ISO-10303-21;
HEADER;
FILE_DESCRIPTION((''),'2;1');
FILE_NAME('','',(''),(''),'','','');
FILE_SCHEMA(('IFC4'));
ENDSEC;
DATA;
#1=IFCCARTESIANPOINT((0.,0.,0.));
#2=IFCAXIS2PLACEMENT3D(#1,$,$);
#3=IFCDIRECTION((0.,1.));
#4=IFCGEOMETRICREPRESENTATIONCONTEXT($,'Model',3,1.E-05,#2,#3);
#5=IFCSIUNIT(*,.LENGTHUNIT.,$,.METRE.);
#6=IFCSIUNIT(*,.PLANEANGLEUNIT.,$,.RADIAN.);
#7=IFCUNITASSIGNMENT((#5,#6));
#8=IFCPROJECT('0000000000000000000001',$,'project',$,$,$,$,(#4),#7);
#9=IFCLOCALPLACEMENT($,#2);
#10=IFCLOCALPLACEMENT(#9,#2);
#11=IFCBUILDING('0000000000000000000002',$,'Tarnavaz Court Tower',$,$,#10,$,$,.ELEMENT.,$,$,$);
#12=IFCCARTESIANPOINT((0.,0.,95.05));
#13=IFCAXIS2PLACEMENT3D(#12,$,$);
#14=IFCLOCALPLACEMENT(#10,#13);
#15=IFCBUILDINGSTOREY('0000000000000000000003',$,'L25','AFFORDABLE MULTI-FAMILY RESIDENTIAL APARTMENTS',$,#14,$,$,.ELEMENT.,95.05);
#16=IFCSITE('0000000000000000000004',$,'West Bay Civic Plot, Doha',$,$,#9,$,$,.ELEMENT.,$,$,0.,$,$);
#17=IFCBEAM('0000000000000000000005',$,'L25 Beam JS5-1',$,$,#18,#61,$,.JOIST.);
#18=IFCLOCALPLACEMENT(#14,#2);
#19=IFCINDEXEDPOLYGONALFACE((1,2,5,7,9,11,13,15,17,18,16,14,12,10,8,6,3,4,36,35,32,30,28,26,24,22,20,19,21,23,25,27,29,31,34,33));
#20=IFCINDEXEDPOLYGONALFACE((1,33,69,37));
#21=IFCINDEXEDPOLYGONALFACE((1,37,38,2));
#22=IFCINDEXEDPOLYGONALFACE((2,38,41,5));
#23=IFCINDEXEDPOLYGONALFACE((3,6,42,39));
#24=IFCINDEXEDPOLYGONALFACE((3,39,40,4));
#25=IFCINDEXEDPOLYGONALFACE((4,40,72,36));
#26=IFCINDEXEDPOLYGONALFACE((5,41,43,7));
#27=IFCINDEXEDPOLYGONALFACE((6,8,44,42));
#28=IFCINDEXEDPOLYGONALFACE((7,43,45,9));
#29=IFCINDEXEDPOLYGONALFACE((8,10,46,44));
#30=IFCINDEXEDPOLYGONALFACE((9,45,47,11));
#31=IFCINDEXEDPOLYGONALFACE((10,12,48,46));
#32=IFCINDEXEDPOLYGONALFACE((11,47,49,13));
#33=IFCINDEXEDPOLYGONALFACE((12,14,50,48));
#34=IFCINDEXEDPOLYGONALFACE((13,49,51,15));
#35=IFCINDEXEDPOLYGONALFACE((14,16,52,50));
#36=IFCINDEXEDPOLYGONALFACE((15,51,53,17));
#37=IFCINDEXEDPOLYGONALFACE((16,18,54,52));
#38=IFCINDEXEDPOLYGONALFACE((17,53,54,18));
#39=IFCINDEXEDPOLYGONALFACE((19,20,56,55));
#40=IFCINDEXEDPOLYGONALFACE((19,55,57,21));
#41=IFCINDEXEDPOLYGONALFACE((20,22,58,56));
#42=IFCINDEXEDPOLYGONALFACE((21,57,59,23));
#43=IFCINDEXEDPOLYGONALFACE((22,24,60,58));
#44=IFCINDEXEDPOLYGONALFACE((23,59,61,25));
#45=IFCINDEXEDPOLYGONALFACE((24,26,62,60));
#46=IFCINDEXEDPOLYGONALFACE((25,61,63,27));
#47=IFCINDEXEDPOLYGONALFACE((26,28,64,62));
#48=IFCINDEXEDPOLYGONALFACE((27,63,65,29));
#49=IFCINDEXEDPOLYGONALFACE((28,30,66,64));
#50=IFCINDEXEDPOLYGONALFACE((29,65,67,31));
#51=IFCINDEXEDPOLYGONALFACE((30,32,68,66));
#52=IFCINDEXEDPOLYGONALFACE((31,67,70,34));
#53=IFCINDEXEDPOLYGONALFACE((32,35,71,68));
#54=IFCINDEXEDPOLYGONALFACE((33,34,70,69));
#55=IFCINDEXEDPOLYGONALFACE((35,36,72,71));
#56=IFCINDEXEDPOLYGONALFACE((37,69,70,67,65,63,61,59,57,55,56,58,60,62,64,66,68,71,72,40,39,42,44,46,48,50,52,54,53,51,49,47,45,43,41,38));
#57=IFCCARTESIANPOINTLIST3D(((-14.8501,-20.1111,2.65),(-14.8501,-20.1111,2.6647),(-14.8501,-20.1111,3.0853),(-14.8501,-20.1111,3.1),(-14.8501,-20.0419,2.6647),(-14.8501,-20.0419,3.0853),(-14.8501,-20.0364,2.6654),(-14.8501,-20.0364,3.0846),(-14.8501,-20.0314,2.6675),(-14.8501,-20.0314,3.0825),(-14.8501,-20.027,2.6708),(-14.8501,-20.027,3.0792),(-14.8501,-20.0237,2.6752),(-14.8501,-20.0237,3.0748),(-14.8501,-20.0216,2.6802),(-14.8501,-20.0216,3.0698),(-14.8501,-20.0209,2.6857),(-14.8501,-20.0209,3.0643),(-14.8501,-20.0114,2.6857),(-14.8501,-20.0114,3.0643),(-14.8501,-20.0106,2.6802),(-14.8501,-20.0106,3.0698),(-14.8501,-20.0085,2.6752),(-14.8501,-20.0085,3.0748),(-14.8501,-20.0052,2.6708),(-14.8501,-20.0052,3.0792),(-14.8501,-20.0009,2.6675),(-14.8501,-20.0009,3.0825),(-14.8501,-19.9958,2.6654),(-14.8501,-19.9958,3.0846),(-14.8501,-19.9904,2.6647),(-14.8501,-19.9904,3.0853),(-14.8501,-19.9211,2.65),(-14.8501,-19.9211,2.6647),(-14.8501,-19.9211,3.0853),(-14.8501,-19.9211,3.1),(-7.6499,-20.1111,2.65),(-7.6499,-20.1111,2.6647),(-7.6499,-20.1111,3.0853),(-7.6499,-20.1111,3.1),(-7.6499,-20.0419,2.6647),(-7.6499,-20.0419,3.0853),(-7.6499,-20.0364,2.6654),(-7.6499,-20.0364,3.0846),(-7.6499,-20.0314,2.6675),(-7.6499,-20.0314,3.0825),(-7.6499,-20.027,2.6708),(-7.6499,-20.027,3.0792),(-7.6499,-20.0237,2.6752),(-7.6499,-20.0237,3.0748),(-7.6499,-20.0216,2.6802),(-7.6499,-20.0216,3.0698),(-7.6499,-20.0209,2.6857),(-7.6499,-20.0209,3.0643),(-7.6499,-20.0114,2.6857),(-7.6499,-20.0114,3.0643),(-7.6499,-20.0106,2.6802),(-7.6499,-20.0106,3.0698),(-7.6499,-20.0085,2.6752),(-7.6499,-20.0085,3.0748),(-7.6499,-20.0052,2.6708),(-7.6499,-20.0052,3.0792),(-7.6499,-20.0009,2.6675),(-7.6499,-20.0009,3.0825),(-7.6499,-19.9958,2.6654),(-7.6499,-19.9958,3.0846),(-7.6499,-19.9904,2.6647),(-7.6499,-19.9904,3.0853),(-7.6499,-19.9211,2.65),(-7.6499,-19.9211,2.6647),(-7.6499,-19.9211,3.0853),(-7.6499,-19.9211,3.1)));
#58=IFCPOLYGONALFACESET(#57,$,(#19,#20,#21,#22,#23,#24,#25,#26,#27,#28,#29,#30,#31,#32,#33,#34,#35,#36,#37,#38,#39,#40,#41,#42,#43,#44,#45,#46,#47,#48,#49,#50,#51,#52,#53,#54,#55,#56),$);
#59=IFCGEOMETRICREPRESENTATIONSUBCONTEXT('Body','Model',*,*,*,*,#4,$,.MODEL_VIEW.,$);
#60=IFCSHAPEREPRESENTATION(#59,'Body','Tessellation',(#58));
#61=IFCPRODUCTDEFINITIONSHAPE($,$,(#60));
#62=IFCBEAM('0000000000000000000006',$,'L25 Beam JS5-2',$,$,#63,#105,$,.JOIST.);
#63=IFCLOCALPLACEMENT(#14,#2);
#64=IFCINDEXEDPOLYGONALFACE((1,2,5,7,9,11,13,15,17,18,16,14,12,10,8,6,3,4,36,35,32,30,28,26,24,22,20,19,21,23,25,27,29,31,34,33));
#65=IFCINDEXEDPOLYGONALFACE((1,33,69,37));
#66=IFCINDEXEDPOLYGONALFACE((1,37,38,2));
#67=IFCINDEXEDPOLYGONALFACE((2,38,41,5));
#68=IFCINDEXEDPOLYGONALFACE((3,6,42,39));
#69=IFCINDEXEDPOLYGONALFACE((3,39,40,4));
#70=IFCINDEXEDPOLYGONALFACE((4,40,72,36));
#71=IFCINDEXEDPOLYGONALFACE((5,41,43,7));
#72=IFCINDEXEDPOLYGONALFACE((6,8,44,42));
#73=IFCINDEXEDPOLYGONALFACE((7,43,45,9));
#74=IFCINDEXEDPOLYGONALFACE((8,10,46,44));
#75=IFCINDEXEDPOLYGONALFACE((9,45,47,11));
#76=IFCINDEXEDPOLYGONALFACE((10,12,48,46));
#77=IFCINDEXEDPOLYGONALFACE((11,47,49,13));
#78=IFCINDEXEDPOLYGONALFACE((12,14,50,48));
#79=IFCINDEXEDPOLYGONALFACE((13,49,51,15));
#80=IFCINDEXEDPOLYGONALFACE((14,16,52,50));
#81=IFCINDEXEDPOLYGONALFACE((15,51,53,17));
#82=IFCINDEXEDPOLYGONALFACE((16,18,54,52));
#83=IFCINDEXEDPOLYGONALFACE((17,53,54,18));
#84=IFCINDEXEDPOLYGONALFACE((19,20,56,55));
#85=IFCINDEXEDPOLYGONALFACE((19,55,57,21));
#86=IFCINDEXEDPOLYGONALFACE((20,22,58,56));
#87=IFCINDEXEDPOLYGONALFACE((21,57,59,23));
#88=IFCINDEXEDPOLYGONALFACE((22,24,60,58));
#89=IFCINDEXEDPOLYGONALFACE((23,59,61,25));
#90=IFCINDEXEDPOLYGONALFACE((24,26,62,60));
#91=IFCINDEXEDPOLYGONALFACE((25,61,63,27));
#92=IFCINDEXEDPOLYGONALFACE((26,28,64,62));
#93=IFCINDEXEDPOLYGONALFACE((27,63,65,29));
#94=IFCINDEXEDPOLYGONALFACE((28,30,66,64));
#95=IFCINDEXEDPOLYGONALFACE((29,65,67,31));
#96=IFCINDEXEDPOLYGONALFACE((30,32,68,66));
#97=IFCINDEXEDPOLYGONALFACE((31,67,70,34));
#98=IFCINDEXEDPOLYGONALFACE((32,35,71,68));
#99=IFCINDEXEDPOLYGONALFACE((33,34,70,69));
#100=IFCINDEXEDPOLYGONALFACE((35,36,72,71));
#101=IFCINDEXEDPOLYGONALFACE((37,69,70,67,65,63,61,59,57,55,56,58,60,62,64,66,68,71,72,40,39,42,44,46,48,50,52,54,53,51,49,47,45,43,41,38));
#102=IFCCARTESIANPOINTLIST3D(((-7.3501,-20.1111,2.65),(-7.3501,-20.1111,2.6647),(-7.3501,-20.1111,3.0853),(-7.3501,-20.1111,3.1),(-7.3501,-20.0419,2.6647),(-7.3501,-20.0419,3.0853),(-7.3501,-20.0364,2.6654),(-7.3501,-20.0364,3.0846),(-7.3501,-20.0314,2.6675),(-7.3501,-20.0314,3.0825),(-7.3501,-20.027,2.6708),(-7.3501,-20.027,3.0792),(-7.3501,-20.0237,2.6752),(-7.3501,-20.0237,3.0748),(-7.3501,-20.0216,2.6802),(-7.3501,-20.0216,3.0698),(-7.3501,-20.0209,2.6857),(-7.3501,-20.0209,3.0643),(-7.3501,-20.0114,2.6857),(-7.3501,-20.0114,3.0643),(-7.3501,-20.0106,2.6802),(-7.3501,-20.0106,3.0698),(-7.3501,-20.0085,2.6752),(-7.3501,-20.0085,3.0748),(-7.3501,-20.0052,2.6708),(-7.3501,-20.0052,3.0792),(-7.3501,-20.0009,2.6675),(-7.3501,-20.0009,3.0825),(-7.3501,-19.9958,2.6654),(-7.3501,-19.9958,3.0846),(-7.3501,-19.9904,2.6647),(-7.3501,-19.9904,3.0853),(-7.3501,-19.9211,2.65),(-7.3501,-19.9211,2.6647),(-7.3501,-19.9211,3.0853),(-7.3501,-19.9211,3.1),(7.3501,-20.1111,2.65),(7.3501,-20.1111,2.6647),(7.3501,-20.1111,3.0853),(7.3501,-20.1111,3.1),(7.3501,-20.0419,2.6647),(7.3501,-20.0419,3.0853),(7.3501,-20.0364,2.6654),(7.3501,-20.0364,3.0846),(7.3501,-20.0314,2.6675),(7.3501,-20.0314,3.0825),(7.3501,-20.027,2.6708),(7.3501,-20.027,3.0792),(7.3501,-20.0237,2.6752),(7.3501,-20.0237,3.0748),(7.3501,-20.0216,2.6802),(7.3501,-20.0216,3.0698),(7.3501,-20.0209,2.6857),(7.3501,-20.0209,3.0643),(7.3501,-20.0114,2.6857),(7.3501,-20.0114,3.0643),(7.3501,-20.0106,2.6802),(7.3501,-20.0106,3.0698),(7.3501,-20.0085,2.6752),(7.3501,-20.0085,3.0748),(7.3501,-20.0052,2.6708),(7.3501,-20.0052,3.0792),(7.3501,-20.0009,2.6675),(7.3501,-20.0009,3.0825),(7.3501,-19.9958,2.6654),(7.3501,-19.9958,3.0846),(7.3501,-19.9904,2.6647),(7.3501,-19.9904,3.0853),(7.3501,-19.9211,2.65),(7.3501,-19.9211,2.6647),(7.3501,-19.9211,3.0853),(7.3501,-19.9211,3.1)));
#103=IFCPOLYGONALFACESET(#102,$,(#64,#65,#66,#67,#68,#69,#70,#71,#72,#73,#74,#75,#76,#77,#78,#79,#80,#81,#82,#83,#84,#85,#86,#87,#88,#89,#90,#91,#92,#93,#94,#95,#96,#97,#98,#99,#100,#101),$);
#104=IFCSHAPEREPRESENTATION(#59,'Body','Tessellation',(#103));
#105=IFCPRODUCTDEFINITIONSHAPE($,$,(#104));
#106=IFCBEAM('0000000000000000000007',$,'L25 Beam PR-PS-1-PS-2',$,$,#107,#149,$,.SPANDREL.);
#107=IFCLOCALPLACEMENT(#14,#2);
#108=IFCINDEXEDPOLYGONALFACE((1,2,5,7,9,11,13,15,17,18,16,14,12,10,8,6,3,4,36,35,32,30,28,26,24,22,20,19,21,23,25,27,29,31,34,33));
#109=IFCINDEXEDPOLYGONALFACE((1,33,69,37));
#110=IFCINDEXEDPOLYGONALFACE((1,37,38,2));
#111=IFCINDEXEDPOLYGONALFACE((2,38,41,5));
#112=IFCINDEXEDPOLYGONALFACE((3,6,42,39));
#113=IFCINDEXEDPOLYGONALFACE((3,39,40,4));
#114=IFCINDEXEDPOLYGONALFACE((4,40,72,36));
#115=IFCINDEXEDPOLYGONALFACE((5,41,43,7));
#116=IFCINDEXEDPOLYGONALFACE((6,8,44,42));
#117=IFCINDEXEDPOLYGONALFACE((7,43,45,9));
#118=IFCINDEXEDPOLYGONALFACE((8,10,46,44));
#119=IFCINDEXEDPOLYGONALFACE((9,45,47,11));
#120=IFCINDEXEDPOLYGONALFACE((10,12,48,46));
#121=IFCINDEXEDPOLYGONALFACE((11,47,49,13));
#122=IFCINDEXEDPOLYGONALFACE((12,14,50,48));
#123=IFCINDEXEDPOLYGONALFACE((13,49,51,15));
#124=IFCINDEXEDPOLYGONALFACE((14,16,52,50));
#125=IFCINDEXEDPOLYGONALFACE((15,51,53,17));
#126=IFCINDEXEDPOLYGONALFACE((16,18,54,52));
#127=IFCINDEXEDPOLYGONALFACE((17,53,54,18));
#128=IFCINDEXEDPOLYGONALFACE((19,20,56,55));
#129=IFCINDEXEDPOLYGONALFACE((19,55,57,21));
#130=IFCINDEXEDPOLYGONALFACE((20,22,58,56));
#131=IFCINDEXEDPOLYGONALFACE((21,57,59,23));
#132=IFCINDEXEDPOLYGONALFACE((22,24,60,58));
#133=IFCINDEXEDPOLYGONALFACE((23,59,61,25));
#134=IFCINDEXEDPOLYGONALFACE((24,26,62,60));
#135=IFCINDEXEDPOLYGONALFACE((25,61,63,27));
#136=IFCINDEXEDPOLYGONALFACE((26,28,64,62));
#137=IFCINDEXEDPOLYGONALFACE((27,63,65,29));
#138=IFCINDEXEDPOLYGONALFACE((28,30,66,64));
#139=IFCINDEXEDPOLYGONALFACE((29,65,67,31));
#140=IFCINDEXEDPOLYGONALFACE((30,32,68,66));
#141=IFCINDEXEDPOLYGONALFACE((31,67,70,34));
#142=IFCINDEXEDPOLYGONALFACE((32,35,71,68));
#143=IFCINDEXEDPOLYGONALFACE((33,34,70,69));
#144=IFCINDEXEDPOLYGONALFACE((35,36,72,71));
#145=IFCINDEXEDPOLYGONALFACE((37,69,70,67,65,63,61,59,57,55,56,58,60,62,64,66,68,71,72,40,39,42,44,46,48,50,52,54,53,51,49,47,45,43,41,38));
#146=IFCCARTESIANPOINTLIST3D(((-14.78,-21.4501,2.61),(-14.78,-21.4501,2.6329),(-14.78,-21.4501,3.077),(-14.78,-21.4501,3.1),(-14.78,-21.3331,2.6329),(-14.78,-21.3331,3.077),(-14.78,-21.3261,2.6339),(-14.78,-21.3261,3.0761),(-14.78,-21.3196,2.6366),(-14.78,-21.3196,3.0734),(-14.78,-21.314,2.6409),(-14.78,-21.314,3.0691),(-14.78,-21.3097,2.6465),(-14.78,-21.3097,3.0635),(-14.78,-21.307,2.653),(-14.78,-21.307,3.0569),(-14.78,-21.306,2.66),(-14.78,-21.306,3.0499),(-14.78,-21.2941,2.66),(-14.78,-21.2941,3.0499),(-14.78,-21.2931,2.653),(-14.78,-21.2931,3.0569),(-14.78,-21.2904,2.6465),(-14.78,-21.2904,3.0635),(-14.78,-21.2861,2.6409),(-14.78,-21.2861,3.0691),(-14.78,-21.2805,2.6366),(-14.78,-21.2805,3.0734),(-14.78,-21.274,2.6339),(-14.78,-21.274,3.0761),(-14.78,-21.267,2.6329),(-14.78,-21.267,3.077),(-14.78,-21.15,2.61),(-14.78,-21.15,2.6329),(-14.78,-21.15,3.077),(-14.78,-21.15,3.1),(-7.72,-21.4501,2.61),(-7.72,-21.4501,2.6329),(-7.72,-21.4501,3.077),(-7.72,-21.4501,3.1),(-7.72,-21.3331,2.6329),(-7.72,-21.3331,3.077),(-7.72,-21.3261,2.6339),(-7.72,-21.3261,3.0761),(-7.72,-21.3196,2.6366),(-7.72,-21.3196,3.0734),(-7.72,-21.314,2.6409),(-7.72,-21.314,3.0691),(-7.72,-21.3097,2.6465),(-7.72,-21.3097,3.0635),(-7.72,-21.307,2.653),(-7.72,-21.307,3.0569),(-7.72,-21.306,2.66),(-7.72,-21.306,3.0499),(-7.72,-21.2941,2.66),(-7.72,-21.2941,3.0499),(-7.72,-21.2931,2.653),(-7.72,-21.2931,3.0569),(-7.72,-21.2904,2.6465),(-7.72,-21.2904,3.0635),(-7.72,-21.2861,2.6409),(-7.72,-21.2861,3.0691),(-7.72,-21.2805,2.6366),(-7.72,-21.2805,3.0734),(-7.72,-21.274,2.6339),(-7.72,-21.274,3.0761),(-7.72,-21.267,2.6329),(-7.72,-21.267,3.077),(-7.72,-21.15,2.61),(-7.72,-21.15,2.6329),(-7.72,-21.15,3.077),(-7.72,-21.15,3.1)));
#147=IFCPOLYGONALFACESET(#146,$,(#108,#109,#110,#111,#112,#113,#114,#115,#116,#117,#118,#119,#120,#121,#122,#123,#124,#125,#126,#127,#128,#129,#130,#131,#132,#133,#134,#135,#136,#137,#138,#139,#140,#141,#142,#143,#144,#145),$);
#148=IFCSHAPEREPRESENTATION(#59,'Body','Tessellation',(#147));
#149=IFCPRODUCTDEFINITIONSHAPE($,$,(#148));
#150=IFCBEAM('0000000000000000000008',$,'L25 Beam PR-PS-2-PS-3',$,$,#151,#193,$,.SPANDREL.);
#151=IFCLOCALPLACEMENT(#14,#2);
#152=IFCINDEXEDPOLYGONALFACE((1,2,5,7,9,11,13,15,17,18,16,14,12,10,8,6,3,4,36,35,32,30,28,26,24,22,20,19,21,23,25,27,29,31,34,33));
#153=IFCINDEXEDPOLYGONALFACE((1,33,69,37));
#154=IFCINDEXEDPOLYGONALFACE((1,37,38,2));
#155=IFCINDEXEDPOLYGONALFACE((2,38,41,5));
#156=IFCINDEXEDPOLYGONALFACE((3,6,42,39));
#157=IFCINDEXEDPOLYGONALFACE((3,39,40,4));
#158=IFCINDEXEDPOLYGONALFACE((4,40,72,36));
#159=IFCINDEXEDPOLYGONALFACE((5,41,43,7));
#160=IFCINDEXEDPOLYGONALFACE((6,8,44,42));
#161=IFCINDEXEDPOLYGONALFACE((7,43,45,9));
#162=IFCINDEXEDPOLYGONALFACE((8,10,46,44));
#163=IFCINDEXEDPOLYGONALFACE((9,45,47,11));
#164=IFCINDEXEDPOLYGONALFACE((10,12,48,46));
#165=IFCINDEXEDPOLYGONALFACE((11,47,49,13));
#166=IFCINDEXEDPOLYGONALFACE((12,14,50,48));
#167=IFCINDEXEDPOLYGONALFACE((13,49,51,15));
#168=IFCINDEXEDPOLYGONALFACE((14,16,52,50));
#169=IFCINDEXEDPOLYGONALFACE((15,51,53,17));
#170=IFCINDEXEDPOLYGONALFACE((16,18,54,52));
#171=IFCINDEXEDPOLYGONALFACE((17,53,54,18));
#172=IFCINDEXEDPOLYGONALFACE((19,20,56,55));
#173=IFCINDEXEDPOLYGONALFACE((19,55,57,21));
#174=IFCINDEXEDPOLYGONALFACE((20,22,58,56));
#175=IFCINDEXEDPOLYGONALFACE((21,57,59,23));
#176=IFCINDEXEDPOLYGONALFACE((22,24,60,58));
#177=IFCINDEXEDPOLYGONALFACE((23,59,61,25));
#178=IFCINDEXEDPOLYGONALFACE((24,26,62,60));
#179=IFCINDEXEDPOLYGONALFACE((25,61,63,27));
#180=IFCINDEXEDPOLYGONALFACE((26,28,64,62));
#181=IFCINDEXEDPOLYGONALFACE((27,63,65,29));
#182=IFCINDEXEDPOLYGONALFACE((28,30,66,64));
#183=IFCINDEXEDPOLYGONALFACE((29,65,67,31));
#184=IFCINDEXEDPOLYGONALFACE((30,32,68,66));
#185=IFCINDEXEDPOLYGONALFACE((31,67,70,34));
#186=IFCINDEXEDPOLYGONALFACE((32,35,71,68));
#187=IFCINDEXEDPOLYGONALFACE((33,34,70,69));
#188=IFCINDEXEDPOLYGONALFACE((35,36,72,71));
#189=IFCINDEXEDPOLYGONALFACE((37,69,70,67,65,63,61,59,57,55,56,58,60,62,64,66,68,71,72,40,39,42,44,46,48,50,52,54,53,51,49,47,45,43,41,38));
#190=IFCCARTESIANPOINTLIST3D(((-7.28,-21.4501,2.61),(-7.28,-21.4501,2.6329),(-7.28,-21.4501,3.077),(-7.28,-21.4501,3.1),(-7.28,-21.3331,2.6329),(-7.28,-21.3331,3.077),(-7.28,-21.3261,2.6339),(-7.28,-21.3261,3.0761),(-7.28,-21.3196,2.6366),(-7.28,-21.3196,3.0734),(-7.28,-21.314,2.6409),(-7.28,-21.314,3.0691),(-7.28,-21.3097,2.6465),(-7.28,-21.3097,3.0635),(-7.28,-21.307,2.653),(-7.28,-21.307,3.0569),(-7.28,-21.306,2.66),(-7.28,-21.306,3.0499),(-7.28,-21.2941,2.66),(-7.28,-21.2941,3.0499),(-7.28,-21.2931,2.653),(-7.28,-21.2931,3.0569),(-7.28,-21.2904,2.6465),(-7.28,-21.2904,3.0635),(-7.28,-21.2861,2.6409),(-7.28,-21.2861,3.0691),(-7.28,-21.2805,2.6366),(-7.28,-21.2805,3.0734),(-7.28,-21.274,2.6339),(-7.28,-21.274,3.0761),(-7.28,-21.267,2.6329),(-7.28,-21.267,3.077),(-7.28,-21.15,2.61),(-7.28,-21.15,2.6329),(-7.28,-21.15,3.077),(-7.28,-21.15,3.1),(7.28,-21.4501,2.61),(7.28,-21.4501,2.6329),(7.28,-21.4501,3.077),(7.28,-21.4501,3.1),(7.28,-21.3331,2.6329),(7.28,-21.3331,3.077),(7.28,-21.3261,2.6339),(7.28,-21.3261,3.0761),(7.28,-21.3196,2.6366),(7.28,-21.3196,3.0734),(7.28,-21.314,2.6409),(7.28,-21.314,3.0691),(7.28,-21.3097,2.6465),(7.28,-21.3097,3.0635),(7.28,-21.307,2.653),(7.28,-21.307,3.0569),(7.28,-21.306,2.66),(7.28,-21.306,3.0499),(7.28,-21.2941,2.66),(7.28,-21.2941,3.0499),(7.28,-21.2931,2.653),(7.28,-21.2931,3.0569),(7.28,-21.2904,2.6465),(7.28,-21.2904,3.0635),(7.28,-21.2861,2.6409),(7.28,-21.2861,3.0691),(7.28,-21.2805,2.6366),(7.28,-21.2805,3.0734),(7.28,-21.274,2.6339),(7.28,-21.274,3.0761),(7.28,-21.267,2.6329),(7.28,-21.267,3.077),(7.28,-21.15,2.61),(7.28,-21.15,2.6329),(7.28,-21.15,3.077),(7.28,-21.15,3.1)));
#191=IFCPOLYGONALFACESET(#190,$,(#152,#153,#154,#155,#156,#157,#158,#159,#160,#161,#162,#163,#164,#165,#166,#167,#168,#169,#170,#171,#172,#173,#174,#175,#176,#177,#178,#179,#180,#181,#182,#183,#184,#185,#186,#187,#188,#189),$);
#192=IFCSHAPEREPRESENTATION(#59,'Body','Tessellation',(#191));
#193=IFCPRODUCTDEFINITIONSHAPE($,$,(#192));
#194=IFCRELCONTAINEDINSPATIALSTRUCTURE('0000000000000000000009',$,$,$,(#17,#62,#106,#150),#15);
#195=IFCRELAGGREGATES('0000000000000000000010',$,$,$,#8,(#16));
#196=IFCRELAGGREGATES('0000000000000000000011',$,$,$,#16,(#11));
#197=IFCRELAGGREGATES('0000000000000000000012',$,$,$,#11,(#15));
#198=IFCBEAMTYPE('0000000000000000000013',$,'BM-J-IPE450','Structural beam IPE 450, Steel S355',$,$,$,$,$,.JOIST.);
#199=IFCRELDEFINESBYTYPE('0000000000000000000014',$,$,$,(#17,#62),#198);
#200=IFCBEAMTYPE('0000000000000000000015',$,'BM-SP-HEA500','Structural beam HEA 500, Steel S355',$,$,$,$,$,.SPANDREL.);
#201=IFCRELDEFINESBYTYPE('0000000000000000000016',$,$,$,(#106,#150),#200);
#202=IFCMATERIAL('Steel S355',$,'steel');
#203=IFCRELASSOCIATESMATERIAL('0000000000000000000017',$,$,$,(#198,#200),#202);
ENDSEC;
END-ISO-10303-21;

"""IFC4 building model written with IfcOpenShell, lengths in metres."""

from ifc_helpers import new_model, si_unit, direction, frame, origin, origin_2d, place, context, subcontext, project, spatial, i_section, extrude, material, material_profile, profile_set, type_object, element, save


model = new_model("IFC4")

# Units and contexts
model_context = context("Model", 3, precision=1e-05, world=origin(), true_north=direction((0.0, 1.0)))
body_context = subcontext(model_context, "Body", "Model", "MODEL_VIEW")
ifc_project = project(units=[si_unit("LENGTHUNIT", "METRE"), si_unit("PLANEANGLEUNIT", "RADIAN")], contexts=[model_context])

# Site, building, storey
site_placement = place(None, origin())
site = spatial("IfcSite", under=ifc_project, at=site_placement, Name="West Bay Civic Plot, Doha", CompositionType="ELEMENT", RefElevation=0.0)
building_placement = place(site_placement, origin())
building = spatial("IfcBuilding", under=site, at=building_placement, Name="Tarnavaz Court Tower", CompositionType="ELEMENT")
storey_placement = place(building_placement, frame((0.0, 0.0, 95.05)))
storey = spatial("IfcBuildingStorey", under=building, at=storey_placement, Name="L25", Description="AFFORDABLE MULTI-FAMILY RESIDENTIAL APARTMENTS", CompositionType="ELEMENT", Elevation=95.05)

# Beams
ifc_material_1 = material(Name="Steel S355", Category="steel")
ifc_material_profile_1 = material_profile(ifc_material_1, i_section(OverallWidth=0.1899, OverallDepth=0.45, WebThickness=0.0095, FlangeThickness=0.0146, FilletRadius=0.021, at=origin_2d()), Name="IPE 450")
ifc_profile_set_1 = profile_set([ifc_material_profile_1], Name="Steel S355")
beam_type_1 = type_object("IfcBeamType", Name="BM-J-IPE450", Description="Structural beam IPE 450, Steel S355", PredefinedType="JOIST", material=ifc_profile_set_1)
beam_1_placement = place(storey_placement, frame((-14.8501, -20.0161, 2.875), z_axis=(1.0, 0.0, 0.0), x_axis=(0.0, 1.0, 0.0)))
element("IfcBeam", 1, at=beam_1_placement, inside=storey, type_object=beam_type_1, Name="L25 Beam JS5-1", PredefinedType="JOIST", context=body_context, shape_type="SweptSolid", body=[
    extrude(i_section(OverallWidth=0.1899, OverallDepth=0.45, WebThickness=0.0095, FlangeThickness=0.0146, FilletRadius=0.021, at=origin_2d()), origin(), (0.0, 0.0, 1.0), 7.2002),
])
beam_2_placement = place(storey_placement, frame((-7.3501, -20.0161, 2.875), z_axis=(1.0, 0.0, 0.0), x_axis=(0.0, 1.0, 0.0)))
element("IfcBeam", 2, at=beam_2_placement, inside=storey, type_object=beam_type_1, Name="L25 Beam JS5-2", PredefinedType="JOIST", context=body_context, shape_type="SweptSolid", body=[
    extrude(i_section(OverallWidth=0.1899, OverallDepth=0.45, WebThickness=0.0095, FlangeThickness=0.0146, FilletRadius=0.021, at=origin_2d()), origin(), (0.0, 0.0, 1.0), 14.7002),
])
ifc_material_profile_2 = material_profile(ifc_material_1, i_section(OverallWidth=0.3, OverallDepth=0.49, WebThickness=0.012, FlangeThickness=0.0229, FilletRadius=0.0271, at=origin_2d()), Name="HEA 500")
ifc_profile_set_2 = profile_set([ifc_material_profile_2], Name="Steel S355")
beam_type_2 = type_object("IfcBeamType", Name="BM-SP-HEA500", Description="Structural beam HEA 500, Steel S355", PredefinedType="SPANDREL", material=ifc_profile_set_2)
beam_3_placement = place(storey_placement, frame((-14.78, -21.3, 2.855), z_axis=(1.0, 0.0, 0.0), x_axis=(0.0, 1.0, 0.0)))
element("IfcBeam", 3, at=beam_3_placement, inside=storey, type_object=beam_type_2, Name="L25 Beam PR-PS-1-PS-2", PredefinedType="SPANDREL", context=body_context, shape_type="SweptSolid", body=[
    extrude(i_section(OverallWidth=0.3, OverallDepth=0.49, WebThickness=0.012, FlangeThickness=0.0229, FilletRadius=0.0271, at=origin_2d()), origin(), (0.0, 0.0, 1.0), 7.0601),
])
beam_4_placement = place(storey_placement, frame((-7.28, -21.3, 2.855), z_axis=(1.0, 0.0, 0.0), x_axis=(0.0, 1.0, 0.0)))
element("IfcBeam", 4, at=beam_4_placement, inside=storey, type_object=beam_type_2, Name="L25 Beam PR-PS-2-PS-3", PredefinedType="SPANDREL", context=body_context, shape_type="SweptSolid", body=[
    extrude(i_section(OverallWidth=0.3, OverallDepth=0.49, WebThickness=0.012, FlangeThickness=0.0229, FilletRadius=0.0271, at=origin_2d()), origin(), (0.0, 0.0, 1.0), 14.5601),
])

save(model, "model.ifc")
